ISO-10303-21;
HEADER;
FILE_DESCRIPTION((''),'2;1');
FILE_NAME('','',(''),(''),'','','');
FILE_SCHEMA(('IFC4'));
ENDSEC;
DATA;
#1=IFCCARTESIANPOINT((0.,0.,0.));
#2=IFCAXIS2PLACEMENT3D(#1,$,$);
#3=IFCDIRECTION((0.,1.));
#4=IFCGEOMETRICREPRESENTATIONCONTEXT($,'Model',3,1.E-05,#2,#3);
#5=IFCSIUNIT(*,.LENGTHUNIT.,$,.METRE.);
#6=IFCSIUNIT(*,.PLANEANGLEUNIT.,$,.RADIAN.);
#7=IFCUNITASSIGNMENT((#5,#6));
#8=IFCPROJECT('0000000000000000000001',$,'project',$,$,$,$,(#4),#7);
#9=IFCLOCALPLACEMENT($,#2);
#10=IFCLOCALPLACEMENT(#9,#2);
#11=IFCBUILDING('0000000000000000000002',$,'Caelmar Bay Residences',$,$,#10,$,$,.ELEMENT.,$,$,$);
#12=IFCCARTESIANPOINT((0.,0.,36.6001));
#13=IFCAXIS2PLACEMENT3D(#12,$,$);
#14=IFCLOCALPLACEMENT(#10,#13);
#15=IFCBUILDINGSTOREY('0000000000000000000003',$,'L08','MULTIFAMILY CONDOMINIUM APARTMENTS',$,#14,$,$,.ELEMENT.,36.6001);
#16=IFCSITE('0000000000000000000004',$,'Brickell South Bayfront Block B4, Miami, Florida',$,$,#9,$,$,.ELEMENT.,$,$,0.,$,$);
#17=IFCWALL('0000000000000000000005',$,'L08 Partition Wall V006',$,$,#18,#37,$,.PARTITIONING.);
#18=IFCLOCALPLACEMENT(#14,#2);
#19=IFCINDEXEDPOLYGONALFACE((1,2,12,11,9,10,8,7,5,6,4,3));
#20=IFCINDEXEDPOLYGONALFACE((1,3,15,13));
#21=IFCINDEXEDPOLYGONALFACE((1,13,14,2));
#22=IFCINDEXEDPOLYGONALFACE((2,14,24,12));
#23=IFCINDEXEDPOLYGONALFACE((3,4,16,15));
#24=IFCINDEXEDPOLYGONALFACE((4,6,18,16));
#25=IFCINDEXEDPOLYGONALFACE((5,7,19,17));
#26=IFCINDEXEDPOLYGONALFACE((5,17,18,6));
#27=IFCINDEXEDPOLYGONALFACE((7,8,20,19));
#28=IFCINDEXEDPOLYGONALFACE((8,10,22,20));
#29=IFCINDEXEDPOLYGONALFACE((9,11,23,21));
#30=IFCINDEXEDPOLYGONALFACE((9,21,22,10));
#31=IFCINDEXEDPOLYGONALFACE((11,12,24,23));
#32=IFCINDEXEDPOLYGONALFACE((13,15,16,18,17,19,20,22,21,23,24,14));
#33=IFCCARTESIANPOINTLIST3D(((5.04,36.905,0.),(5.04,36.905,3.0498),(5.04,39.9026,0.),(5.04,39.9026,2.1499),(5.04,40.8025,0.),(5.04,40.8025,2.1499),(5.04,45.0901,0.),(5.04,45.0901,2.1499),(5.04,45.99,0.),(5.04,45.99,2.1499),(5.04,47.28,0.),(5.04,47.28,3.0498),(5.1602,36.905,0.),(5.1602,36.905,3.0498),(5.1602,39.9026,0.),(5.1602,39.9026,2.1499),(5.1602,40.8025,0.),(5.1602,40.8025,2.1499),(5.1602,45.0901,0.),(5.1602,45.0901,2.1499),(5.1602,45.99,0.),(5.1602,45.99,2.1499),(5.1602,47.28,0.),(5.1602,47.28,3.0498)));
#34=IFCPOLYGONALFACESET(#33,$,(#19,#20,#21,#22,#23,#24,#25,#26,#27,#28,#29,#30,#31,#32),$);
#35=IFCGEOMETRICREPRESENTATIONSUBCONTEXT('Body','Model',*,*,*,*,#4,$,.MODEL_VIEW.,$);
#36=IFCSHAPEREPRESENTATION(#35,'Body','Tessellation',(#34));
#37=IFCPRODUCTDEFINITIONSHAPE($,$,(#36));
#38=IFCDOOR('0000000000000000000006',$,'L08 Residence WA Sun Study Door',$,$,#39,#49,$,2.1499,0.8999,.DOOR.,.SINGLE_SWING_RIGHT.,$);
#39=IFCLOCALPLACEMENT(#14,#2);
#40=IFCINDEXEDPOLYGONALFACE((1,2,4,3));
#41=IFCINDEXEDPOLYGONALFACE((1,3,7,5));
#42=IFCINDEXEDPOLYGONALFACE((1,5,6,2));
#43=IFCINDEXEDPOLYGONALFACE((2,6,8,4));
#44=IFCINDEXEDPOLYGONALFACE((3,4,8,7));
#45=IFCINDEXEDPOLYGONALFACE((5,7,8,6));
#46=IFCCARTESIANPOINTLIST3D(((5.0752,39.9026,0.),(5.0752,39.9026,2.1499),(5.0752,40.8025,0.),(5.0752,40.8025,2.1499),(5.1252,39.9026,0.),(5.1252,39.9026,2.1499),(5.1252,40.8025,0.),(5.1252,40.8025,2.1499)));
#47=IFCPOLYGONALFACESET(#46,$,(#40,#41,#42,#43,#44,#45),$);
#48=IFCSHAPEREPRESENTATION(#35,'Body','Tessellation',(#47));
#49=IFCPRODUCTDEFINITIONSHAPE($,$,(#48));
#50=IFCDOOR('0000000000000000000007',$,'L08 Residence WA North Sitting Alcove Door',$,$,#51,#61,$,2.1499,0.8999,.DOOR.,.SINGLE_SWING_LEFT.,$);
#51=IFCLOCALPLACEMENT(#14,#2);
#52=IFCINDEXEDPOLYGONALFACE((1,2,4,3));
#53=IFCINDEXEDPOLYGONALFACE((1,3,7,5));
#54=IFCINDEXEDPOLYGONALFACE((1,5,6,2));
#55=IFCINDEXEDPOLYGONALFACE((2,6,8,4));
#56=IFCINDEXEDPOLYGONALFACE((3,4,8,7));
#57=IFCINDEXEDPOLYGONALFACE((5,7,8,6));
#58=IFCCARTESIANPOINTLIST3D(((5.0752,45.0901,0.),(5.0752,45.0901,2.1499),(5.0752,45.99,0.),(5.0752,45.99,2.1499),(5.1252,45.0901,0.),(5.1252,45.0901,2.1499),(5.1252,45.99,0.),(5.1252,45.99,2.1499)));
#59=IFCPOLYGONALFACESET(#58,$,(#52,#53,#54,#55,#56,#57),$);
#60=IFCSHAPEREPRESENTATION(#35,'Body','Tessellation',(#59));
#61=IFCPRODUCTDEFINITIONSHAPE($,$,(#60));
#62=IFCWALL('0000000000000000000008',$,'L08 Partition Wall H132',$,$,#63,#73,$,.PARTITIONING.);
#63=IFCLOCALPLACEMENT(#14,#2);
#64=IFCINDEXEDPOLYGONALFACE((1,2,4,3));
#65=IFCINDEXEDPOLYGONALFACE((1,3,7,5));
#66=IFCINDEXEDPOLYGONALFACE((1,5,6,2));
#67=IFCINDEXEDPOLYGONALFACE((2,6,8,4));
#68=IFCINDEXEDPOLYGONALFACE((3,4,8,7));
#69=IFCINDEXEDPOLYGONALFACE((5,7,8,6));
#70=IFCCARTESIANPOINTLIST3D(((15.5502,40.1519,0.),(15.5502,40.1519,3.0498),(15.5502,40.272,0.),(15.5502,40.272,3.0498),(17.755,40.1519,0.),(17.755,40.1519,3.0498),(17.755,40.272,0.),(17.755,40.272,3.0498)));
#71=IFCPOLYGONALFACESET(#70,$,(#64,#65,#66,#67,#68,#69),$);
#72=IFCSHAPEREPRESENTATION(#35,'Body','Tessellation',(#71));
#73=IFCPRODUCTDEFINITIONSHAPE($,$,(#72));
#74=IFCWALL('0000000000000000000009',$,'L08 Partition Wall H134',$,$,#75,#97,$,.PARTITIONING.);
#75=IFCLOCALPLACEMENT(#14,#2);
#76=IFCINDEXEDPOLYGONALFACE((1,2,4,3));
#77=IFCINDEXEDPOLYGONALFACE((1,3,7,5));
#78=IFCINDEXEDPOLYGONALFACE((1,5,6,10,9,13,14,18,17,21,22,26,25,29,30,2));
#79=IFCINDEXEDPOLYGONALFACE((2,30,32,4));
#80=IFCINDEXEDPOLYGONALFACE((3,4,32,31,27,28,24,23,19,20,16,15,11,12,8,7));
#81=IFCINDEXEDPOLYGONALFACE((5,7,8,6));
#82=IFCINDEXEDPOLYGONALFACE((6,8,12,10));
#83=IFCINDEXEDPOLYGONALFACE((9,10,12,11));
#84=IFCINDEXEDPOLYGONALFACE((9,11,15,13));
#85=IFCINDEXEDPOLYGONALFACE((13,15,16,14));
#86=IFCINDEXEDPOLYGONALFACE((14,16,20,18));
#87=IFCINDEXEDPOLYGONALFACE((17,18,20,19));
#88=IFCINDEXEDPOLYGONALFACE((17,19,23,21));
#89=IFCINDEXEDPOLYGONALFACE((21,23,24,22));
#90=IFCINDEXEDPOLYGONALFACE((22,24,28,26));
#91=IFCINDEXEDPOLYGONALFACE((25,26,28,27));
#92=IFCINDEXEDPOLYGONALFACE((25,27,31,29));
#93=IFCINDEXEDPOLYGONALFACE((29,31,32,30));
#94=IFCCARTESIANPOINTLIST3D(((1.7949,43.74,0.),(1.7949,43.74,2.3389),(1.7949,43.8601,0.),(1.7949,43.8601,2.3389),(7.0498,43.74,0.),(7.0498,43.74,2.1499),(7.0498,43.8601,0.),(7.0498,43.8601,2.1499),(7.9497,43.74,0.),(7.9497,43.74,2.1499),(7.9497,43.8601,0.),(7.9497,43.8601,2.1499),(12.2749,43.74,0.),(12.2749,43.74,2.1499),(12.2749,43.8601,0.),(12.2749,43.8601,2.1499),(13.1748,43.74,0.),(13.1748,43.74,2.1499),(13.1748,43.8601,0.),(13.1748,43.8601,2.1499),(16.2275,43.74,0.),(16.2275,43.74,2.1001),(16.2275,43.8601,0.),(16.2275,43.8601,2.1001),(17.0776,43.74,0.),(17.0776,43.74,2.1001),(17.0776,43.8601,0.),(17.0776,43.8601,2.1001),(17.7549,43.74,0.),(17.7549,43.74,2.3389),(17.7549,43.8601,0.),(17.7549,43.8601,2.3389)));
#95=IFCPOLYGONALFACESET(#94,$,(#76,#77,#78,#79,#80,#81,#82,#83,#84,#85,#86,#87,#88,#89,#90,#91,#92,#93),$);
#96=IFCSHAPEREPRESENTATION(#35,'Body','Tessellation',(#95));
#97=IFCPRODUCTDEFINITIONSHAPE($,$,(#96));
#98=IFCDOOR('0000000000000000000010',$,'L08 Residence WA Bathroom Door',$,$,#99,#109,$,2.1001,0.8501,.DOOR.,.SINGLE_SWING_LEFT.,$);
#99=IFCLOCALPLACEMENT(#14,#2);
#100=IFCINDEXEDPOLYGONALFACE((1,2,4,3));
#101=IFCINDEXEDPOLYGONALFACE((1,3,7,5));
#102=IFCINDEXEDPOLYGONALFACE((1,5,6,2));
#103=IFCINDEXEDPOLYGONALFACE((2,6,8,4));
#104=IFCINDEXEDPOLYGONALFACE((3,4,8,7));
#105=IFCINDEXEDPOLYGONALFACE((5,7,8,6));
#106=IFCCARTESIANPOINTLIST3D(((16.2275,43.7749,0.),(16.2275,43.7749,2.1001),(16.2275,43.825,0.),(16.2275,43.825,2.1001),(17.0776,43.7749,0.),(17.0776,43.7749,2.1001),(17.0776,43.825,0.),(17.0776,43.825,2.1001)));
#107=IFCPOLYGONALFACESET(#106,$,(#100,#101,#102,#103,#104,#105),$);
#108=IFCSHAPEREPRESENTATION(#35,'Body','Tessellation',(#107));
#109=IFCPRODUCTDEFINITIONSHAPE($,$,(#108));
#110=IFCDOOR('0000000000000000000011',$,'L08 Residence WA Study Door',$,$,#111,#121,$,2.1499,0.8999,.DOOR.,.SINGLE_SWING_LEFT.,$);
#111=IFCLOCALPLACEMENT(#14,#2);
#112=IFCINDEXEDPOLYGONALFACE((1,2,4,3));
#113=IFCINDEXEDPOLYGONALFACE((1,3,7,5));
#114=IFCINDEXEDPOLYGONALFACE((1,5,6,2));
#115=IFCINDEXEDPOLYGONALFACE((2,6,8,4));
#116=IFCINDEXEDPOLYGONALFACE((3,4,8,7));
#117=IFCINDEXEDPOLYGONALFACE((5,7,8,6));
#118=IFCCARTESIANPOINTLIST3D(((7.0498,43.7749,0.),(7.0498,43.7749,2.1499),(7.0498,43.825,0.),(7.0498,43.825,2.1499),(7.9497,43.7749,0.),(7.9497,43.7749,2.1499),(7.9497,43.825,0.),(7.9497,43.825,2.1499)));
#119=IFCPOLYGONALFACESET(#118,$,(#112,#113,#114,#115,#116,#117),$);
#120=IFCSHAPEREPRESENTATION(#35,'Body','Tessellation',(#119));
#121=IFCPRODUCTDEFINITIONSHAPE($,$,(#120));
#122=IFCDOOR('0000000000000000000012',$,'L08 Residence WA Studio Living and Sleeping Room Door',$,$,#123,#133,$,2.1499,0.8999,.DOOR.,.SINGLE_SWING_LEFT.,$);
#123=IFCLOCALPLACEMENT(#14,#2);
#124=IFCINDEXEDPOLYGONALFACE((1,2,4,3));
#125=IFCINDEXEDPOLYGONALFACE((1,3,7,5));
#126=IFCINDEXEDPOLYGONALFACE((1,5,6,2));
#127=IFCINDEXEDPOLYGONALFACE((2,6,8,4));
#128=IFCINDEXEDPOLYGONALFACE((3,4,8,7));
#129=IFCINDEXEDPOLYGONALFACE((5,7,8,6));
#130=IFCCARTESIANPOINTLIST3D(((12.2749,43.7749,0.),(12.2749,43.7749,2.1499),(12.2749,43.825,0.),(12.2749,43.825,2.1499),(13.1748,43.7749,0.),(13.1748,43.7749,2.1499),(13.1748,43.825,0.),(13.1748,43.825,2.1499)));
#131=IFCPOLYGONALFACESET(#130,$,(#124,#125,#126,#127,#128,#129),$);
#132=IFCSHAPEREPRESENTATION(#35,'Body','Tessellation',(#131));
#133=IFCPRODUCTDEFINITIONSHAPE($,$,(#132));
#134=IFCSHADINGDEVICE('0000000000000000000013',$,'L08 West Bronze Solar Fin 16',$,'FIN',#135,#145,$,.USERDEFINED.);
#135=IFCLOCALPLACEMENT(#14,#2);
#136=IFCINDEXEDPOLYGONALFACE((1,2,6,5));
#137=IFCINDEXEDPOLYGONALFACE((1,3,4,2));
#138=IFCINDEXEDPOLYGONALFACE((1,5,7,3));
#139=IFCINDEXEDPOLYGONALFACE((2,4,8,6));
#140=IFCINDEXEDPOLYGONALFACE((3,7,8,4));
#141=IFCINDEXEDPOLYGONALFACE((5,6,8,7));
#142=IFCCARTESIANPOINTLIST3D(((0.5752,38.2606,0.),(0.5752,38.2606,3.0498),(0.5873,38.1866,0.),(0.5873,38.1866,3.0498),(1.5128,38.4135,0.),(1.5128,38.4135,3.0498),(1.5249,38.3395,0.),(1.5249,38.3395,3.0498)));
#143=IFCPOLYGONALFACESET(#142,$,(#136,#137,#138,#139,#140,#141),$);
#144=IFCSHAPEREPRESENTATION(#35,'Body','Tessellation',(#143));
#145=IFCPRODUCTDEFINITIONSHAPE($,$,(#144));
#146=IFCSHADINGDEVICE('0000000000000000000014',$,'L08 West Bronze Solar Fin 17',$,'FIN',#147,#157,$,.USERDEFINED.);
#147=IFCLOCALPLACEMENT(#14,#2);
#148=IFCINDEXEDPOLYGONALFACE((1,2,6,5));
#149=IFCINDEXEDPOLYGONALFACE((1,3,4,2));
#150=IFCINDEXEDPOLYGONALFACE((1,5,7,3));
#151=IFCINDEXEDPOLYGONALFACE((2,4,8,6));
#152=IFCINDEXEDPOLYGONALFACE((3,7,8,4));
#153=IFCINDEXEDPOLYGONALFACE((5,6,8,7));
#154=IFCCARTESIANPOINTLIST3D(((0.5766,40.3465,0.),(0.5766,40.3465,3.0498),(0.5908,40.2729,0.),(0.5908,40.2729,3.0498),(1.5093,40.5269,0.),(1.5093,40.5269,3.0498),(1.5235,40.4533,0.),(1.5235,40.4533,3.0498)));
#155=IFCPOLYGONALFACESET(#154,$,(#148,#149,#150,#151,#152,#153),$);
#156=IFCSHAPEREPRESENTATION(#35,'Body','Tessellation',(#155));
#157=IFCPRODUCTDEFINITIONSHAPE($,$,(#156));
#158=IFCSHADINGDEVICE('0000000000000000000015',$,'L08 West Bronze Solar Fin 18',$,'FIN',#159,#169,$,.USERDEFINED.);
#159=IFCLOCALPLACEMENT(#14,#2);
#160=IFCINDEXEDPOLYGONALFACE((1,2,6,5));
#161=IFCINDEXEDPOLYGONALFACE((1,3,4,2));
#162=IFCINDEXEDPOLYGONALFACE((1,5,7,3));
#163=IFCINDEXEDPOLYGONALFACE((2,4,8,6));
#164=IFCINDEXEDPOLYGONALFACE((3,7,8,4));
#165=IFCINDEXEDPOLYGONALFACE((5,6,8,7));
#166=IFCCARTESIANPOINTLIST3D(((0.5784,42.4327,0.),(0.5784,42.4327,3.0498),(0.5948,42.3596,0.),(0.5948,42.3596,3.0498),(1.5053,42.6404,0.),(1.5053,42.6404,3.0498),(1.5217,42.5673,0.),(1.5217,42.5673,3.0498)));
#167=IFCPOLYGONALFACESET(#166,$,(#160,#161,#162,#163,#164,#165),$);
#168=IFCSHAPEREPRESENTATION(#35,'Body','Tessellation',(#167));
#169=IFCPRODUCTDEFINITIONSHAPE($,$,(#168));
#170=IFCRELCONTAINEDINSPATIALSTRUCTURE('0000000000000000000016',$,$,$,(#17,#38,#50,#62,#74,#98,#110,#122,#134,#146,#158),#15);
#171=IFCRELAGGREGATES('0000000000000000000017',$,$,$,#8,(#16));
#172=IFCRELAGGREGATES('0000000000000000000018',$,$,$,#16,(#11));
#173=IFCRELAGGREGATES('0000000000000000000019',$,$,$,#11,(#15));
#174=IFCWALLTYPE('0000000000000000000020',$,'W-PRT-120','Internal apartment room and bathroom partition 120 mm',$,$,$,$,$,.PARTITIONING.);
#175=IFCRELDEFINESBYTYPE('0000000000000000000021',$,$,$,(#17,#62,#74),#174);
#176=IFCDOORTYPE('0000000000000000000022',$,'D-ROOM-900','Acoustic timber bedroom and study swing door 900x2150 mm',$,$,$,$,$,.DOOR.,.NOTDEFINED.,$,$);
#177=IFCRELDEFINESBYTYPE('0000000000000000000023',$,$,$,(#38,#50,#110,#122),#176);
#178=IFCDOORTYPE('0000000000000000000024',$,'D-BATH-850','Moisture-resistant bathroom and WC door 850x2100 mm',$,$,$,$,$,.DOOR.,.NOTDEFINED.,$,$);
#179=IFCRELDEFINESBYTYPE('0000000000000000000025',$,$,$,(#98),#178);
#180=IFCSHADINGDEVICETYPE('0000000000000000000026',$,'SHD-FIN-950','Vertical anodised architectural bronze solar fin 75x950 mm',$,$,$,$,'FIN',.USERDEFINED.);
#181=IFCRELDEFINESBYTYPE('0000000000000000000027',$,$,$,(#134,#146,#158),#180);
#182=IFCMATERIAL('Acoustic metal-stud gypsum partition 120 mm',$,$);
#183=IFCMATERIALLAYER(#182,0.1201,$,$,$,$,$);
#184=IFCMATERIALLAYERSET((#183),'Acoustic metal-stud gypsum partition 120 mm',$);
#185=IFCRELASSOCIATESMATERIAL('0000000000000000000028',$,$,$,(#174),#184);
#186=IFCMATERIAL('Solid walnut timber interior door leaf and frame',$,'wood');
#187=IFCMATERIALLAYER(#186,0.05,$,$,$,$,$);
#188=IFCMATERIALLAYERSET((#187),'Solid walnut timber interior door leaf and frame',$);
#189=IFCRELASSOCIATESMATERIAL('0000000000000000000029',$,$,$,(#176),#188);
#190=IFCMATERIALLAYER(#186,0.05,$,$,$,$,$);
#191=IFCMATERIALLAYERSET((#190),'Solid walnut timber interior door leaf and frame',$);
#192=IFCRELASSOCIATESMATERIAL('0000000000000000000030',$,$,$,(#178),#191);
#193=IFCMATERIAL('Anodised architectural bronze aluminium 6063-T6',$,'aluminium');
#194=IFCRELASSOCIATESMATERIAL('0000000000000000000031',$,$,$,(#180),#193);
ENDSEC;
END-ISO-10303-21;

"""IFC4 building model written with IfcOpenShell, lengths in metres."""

from ifc_helpers import new_model, si_unit, direction, frame, frame_2d, origin, origin_2d, place, context, subcontext, project, spatial, rectangle, extrude, material, layer, layer_set, material_profile, profile_set, type_object, element, fill, save


model = new_model("IFC4")

# Units and contexts
model_context = context("Model", 3, precision=1e-05, world=origin(), true_north=direction((0.0, 1.0)))
body_context = subcontext(model_context, "Body", "Model", "MODEL_VIEW")
ifc_project = project(units=[si_unit("LENGTHUNIT", "METRE"), si_unit("PLANEANGLEUNIT", "RADIAN")], contexts=[model_context])

# Site, building, storey
site_placement = place(None, origin())
site = spatial("IfcSite", under=ifc_project, at=site_placement, Name="Brickell South Bayfront Block B4, Miami, Florida", CompositionType="ELEMENT", RefElevation=0.0)
building_placement = place(site_placement, origin())
building = spatial("IfcBuilding", under=site, at=building_placement, Name="Caelmar Bay Residences", CompositionType="ELEMENT")
storey_placement = place(building_placement, frame((0.0, 0.0, 36.6001)))
storey = spatial("IfcBuildingStorey", under=building, at=storey_placement, Name="L08", Description="MULTIFAMILY CONDOMINIUM APARTMENTS", CompositionType="ELEMENT", Elevation=36.6001)

# Wall, openings, doors
ifc_material_1 = material(Name="Acoustic metal-stud gypsum partition 120 mm")
ifc_layer_1 = layer(ifc_material_1, 0.1201)
ifc_layer_set_1 = layer_set([ifc_layer_1], Name="Acoustic metal-stud gypsum partition 120 mm")
wall_type_1 = type_object("IfcWallType", Name="W-PRT-120", Description="Internal apartment room and bathroom partition 120 mm", PredefinedType="PARTITIONING", material=ifc_layer_set_1)
wall_1_placement = place(storey_placement, frame((5.1001, 36.905, 0.0), z_axis=(0.0, 0.0, 1.0), x_axis=(0.0, 1.0, 0.0)))
wall_1 = element("IfcWall", 1, at=wall_1_placement, inside=storey, type_object=wall_type_1, Name="L08 Partition Wall V006", PredefinedType="PARTITIONING", context=body_context, shape_type="SweptSolid", body=[
    extrude(rectangle(XDim=10.375, YDim=0.1201, at=frame_2d((5.1875, 0.0))), origin(), (0.0, 0.0, 1.0), 3.0498),
])
opening_1_placement = place(wall_1_placement, frame((2.9976, 0.0, 0.0)))
opening_1 = element("IfcOpeningElement", 2, at=opening_1_placement, cuts=wall_1, PredefinedType="OPENING", context=body_context, shape_type="SweptSolid", body=[
    extrude(rectangle(XDim=0.8999, YDim=2.1499, at=frame_2d((0.45, 1.075))), frame((0.0, 0.0701, 0.0), z_axis=(0.0, -1.0, 0.0), x_axis=(1.0, 0.0, 0.0)), (0.0, 0.0, 1.0), 0.1401),
])
opening_2_placement = place(wall_1_placement, frame((8.1851, 0.0, 0.0)))
opening_2 = element("IfcOpeningElement", 3, at=opening_2_placement, cuts=wall_1, PredefinedType="OPENING", context=body_context, shape_type="SweptSolid", body=[
    extrude(rectangle(XDim=0.8999, YDim=2.1499, at=frame_2d((0.45, 1.075))), frame((0.0, 0.0701, 0.0), z_axis=(0.0, -1.0, 0.0), x_axis=(1.0, 0.0, 0.0)), (0.0, 0.0, 1.0), 0.1401),
])
ifc_material_2 = material(Name="Solid walnut timber interior door leaf and frame", Category="wood")
ifc_layer_2 = layer(ifc_material_2, 0.05)
ifc_layer_set_2 = layer_set([ifc_layer_2], Name="Solid walnut timber interior door leaf and frame")
door_type_1 = type_object("IfcDoorType", Name="D-ROOM-900", Description="Acoustic timber bedroom and study swing door 900x2150 mm", OperationType="NOTDEFINED", PredefinedType="DOOR", material=ifc_layer_set_2)
door_1_placement = place(opening_1_placement, origin())
door_1 = element("IfcDoor", 4, at=door_1_placement, inside=storey, type_object=door_type_1, Name="L08 Residence WA Sun Study Door", OperationType="SINGLE_SWING_RIGHT", OverallHeight=2.1499, OverallWidth=0.8999, PredefinedType="DOOR", context=body_context, shape_type="SweptSolid", body=[
    extrude(rectangle(XDim=0.8999, YDim=2.1499, at=frame_2d((0.45, 1.075))), frame((0.0, 0.0249, 0.0), z_axis=(0.0, -1.0, 0.0), x_axis=(1.0, 0.0, 0.0)), (0.0, 0.0, 1.0), 0.05),
])
fill(opening_1, door_1)
door_2_placement = place(opening_2_placement, origin())
door_2 = element("IfcDoor", 5, at=door_2_placement, inside=storey, type_object=door_type_1, Name="L08 Residence WA North Sitting Alcove Door", OperationType="SINGLE_SWING_LEFT", OverallHeight=2.1499, OverallWidth=0.8999, PredefinedType="DOOR", context=body_context, shape_type="SweptSolid", body=[
    extrude(rectangle(XDim=0.8999, YDim=2.1499, at=frame_2d((0.45, 1.075))), frame((0.0, 0.0249, 0.0), z_axis=(0.0, -1.0, 0.0), x_axis=(1.0, 0.0, 0.0)), (0.0, 0.0, 1.0), 0.05),
])
fill(opening_2, door_2)

# Wall
wall_2_placement = place(storey_placement, frame((15.55, 40.2119, 0.0), z_axis=(0.0, 0.0, 1.0), x_axis=(1.0, 0.0, 0.0)))
element("IfcWall", 6, at=wall_2_placement, inside=storey, type_object=wall_type_1, Name="L08 Partition Wall H132", PredefinedType="PARTITIONING", context=body_context, shape_type="SweptSolid", body=[
    extrude(rectangle(XDim=2.2048, YDim=0.1201, at=frame_2d((1.1025, 0.0))), origin(), (0.0, 0.0, 1.0), 3.0498),
])

# Wall, openings, doors
wall_3_placement = place(storey_placement, frame((1.7949, 43.8, 0.0), z_axis=(0.0, 0.0, 1.0), x_axis=(1.0, 0.0, 0.0)))
wall_3 = element("IfcWall", 7, at=wall_3_placement, inside=storey, type_object=wall_type_1, Name="L08 Partition Wall H134", PredefinedType="PARTITIONING", context=body_context, shape_type="SweptSolid", body=[
    extrude(rectangle(XDim=15.96, YDim=0.1201, at=frame_2d((7.98, 0.0))), origin(), (0.0, 0.0, 1.0), 2.3389),
])
opening_3_placement = place(wall_3_placement, frame((5.2549, 0.0, 0.0)))
opening_3 = element("IfcOpeningElement", 8, at=opening_3_placement, cuts=wall_3, PredefinedType="OPENING", context=body_context, shape_type="SweptSolid", body=[
    extrude(rectangle(XDim=0.8999, YDim=2.1499, at=frame_2d((0.45, 1.075))), frame((0.0, 0.0701, 0.0), z_axis=(0.0, -1.0, 0.0), x_axis=(1.0, 0.0, 0.0)), (0.0, 0.0, 1.0), 0.1401),
])
opening_4_placement = place(wall_3_placement, frame((10.48, 0.0, 0.0)))
opening_4 = element("IfcOpeningElement", 9, at=opening_4_placement, cuts=wall_3, PredefinedType="OPENING", context=body_context, shape_type="SweptSolid", body=[
    extrude(rectangle(XDim=0.8999, YDim=2.1499, at=frame_2d((0.45, 1.075))), frame((0.0, 0.0701, 0.0), z_axis=(0.0, -1.0, 0.0), x_axis=(1.0, 0.0, 0.0)), (0.0, 0.0, 1.0), 0.1401),
])
opening_5_placement = place(wall_3_placement, frame((14.4326, 0.0, 0.0)))
opening_5 = element("IfcOpeningElement", 10, at=opening_5_placement, cuts=wall_3, PredefinedType="OPENING", context=body_context, shape_type="SweptSolid", body=[
    extrude(rectangle(XDim=0.8501, YDim=2.1001, at=frame_2d((0.425, 1.05))), frame((0.0, 0.0701, 0.0), z_axis=(0.0, -1.0, 0.0), x_axis=(1.0, 0.0, 0.0)), (0.0, 0.0, 1.0), 0.1401),
])
ifc_layer_3 = layer(ifc_material_2, 0.05)
ifc_layer_set_3 = layer_set([ifc_layer_3], Name="Solid walnut timber interior door leaf and frame")
door_type_2 = type_object("IfcDoorType", Name="D-BATH-850", Description="Moisture-resistant bathroom and WC door 850x2100 mm", OperationType="NOTDEFINED", PredefinedType="DOOR", material=ifc_layer_set_3)
door_3_placement = place(opening_5_placement, origin())
door_3 = element("IfcDoor", 11, at=door_3_placement, inside=storey, type_object=door_type_2, Name="L08 Residence WA Bathroom Door", OperationType="SINGLE_SWING_LEFT", OverallHeight=2.1001, OverallWidth=0.8501, PredefinedType="DOOR", context=body_context, shape_type="SweptSolid", body=[
    extrude(rectangle(XDim=0.8501, YDim=2.1001, at=frame_2d((0.425, 1.05))), frame((0.0, 0.0249, 0.0), z_axis=(0.0, -1.0, 0.0), x_axis=(1.0, 0.0, 0.0)), (0.0, 0.0, 1.0), 0.05),
])
fill(opening_5, door_3)
door_4_placement = place(opening_3_placement, origin())
door_4 = element("IfcDoor", 12, at=door_4_placement, inside=storey, type_object=door_type_1, Name="L08 Residence WA Study Door", OperationType="SINGLE_SWING_LEFT", OverallHeight=2.1499, OverallWidth=0.8999, PredefinedType="DOOR", context=body_context, shape_type="SweptSolid", body=[
    extrude(rectangle(XDim=0.8999, YDim=2.1499, at=frame_2d((0.45, 1.075))), frame((0.0, 0.0249, 0.0), z_axis=(0.0, -1.0, 0.0), x_axis=(1.0, 0.0, 0.0)), (0.0, 0.0, 1.0), 0.05),
])
fill(opening_3, door_4)
door_5_placement = place(opening_4_placement, origin())
door_5 = element("IfcDoor", 13, at=door_5_placement, inside=storey, type_object=door_type_1, Name="L08 Residence WA Studio Living and Sleeping Room Door", OperationType="SINGLE_SWING_LEFT", OverallHeight=2.1499, OverallWidth=0.8999, PredefinedType="DOOR", context=body_context, shape_type="SweptSolid", body=[
    extrude(rectangle(XDim=0.8999, YDim=2.1499, at=frame_2d((0.45, 1.075))), frame((0.0, 0.0249, 0.0), z_axis=(0.0, -1.0, 0.0), x_axis=(1.0, 0.0, 0.0)), (0.0, 0.0, 1.0), 0.05),
])
fill(opening_4, door_5)

# Shading devices
ifc_material_3 = material(Name="Anodised architectural bronze aluminium 6063-T6", Category="aluminium")
ifc_material_profile_1 = material_profile(ifc_material_3, rectangle(XDim=0.075, YDim=0.95, at=origin_2d()), Name="BRONZE-FIN-75X950")
ifc_profile_set_1 = profile_set([ifc_material_profile_1], Name="Anodised architectural bronze aluminium 6063-T6")
shading_device_type = type_object("IfcShadingDeviceType", Name="SHD-FIN-950", Description="Vertical anodised architectural bronze solar fin 75x950 mm", ElementType="FIN", PredefinedType="USERDEFINED", material=ifc_profile_set_1)
for number, where, z_axis, x_axis, name in (
    (14, (1.05, 38.3, 0.0), (0.0, 0.0, 1.0), (-0.160915, 0.986968, 0.0), "L08 West Bronze Solar Fin 16"),
    (15, (1.05, 40.3999, 0.0), (0.0, 0.0, 1.0), (-0.189952, 0.981793, 0.0), "L08 West Bronze Solar Fin 17"),
    (16, (1.05, 42.5, 0.0), (0.0, 0.0, 1.0), (-0.218654, 0.975802, 0.0), "L08 West Bronze Solar Fin 18"),
):
    element("IfcShadingDevice", number, at=place(storey_placement, frame(where, z_axis=z_axis, x_axis=x_axis)), inside=storey, type_object=shading_device_type, Name=name, ObjectType="FIN", PredefinedType="USERDEFINED", context=body_context, shape_type="SweptSolid", body=[
        extrude(rectangle(XDim=0.075, YDim=0.95, at=origin_2d()), origin(), (0.0, 0.0, 1.0), 3.0498),
    ])

save(model, "model.ifc")
